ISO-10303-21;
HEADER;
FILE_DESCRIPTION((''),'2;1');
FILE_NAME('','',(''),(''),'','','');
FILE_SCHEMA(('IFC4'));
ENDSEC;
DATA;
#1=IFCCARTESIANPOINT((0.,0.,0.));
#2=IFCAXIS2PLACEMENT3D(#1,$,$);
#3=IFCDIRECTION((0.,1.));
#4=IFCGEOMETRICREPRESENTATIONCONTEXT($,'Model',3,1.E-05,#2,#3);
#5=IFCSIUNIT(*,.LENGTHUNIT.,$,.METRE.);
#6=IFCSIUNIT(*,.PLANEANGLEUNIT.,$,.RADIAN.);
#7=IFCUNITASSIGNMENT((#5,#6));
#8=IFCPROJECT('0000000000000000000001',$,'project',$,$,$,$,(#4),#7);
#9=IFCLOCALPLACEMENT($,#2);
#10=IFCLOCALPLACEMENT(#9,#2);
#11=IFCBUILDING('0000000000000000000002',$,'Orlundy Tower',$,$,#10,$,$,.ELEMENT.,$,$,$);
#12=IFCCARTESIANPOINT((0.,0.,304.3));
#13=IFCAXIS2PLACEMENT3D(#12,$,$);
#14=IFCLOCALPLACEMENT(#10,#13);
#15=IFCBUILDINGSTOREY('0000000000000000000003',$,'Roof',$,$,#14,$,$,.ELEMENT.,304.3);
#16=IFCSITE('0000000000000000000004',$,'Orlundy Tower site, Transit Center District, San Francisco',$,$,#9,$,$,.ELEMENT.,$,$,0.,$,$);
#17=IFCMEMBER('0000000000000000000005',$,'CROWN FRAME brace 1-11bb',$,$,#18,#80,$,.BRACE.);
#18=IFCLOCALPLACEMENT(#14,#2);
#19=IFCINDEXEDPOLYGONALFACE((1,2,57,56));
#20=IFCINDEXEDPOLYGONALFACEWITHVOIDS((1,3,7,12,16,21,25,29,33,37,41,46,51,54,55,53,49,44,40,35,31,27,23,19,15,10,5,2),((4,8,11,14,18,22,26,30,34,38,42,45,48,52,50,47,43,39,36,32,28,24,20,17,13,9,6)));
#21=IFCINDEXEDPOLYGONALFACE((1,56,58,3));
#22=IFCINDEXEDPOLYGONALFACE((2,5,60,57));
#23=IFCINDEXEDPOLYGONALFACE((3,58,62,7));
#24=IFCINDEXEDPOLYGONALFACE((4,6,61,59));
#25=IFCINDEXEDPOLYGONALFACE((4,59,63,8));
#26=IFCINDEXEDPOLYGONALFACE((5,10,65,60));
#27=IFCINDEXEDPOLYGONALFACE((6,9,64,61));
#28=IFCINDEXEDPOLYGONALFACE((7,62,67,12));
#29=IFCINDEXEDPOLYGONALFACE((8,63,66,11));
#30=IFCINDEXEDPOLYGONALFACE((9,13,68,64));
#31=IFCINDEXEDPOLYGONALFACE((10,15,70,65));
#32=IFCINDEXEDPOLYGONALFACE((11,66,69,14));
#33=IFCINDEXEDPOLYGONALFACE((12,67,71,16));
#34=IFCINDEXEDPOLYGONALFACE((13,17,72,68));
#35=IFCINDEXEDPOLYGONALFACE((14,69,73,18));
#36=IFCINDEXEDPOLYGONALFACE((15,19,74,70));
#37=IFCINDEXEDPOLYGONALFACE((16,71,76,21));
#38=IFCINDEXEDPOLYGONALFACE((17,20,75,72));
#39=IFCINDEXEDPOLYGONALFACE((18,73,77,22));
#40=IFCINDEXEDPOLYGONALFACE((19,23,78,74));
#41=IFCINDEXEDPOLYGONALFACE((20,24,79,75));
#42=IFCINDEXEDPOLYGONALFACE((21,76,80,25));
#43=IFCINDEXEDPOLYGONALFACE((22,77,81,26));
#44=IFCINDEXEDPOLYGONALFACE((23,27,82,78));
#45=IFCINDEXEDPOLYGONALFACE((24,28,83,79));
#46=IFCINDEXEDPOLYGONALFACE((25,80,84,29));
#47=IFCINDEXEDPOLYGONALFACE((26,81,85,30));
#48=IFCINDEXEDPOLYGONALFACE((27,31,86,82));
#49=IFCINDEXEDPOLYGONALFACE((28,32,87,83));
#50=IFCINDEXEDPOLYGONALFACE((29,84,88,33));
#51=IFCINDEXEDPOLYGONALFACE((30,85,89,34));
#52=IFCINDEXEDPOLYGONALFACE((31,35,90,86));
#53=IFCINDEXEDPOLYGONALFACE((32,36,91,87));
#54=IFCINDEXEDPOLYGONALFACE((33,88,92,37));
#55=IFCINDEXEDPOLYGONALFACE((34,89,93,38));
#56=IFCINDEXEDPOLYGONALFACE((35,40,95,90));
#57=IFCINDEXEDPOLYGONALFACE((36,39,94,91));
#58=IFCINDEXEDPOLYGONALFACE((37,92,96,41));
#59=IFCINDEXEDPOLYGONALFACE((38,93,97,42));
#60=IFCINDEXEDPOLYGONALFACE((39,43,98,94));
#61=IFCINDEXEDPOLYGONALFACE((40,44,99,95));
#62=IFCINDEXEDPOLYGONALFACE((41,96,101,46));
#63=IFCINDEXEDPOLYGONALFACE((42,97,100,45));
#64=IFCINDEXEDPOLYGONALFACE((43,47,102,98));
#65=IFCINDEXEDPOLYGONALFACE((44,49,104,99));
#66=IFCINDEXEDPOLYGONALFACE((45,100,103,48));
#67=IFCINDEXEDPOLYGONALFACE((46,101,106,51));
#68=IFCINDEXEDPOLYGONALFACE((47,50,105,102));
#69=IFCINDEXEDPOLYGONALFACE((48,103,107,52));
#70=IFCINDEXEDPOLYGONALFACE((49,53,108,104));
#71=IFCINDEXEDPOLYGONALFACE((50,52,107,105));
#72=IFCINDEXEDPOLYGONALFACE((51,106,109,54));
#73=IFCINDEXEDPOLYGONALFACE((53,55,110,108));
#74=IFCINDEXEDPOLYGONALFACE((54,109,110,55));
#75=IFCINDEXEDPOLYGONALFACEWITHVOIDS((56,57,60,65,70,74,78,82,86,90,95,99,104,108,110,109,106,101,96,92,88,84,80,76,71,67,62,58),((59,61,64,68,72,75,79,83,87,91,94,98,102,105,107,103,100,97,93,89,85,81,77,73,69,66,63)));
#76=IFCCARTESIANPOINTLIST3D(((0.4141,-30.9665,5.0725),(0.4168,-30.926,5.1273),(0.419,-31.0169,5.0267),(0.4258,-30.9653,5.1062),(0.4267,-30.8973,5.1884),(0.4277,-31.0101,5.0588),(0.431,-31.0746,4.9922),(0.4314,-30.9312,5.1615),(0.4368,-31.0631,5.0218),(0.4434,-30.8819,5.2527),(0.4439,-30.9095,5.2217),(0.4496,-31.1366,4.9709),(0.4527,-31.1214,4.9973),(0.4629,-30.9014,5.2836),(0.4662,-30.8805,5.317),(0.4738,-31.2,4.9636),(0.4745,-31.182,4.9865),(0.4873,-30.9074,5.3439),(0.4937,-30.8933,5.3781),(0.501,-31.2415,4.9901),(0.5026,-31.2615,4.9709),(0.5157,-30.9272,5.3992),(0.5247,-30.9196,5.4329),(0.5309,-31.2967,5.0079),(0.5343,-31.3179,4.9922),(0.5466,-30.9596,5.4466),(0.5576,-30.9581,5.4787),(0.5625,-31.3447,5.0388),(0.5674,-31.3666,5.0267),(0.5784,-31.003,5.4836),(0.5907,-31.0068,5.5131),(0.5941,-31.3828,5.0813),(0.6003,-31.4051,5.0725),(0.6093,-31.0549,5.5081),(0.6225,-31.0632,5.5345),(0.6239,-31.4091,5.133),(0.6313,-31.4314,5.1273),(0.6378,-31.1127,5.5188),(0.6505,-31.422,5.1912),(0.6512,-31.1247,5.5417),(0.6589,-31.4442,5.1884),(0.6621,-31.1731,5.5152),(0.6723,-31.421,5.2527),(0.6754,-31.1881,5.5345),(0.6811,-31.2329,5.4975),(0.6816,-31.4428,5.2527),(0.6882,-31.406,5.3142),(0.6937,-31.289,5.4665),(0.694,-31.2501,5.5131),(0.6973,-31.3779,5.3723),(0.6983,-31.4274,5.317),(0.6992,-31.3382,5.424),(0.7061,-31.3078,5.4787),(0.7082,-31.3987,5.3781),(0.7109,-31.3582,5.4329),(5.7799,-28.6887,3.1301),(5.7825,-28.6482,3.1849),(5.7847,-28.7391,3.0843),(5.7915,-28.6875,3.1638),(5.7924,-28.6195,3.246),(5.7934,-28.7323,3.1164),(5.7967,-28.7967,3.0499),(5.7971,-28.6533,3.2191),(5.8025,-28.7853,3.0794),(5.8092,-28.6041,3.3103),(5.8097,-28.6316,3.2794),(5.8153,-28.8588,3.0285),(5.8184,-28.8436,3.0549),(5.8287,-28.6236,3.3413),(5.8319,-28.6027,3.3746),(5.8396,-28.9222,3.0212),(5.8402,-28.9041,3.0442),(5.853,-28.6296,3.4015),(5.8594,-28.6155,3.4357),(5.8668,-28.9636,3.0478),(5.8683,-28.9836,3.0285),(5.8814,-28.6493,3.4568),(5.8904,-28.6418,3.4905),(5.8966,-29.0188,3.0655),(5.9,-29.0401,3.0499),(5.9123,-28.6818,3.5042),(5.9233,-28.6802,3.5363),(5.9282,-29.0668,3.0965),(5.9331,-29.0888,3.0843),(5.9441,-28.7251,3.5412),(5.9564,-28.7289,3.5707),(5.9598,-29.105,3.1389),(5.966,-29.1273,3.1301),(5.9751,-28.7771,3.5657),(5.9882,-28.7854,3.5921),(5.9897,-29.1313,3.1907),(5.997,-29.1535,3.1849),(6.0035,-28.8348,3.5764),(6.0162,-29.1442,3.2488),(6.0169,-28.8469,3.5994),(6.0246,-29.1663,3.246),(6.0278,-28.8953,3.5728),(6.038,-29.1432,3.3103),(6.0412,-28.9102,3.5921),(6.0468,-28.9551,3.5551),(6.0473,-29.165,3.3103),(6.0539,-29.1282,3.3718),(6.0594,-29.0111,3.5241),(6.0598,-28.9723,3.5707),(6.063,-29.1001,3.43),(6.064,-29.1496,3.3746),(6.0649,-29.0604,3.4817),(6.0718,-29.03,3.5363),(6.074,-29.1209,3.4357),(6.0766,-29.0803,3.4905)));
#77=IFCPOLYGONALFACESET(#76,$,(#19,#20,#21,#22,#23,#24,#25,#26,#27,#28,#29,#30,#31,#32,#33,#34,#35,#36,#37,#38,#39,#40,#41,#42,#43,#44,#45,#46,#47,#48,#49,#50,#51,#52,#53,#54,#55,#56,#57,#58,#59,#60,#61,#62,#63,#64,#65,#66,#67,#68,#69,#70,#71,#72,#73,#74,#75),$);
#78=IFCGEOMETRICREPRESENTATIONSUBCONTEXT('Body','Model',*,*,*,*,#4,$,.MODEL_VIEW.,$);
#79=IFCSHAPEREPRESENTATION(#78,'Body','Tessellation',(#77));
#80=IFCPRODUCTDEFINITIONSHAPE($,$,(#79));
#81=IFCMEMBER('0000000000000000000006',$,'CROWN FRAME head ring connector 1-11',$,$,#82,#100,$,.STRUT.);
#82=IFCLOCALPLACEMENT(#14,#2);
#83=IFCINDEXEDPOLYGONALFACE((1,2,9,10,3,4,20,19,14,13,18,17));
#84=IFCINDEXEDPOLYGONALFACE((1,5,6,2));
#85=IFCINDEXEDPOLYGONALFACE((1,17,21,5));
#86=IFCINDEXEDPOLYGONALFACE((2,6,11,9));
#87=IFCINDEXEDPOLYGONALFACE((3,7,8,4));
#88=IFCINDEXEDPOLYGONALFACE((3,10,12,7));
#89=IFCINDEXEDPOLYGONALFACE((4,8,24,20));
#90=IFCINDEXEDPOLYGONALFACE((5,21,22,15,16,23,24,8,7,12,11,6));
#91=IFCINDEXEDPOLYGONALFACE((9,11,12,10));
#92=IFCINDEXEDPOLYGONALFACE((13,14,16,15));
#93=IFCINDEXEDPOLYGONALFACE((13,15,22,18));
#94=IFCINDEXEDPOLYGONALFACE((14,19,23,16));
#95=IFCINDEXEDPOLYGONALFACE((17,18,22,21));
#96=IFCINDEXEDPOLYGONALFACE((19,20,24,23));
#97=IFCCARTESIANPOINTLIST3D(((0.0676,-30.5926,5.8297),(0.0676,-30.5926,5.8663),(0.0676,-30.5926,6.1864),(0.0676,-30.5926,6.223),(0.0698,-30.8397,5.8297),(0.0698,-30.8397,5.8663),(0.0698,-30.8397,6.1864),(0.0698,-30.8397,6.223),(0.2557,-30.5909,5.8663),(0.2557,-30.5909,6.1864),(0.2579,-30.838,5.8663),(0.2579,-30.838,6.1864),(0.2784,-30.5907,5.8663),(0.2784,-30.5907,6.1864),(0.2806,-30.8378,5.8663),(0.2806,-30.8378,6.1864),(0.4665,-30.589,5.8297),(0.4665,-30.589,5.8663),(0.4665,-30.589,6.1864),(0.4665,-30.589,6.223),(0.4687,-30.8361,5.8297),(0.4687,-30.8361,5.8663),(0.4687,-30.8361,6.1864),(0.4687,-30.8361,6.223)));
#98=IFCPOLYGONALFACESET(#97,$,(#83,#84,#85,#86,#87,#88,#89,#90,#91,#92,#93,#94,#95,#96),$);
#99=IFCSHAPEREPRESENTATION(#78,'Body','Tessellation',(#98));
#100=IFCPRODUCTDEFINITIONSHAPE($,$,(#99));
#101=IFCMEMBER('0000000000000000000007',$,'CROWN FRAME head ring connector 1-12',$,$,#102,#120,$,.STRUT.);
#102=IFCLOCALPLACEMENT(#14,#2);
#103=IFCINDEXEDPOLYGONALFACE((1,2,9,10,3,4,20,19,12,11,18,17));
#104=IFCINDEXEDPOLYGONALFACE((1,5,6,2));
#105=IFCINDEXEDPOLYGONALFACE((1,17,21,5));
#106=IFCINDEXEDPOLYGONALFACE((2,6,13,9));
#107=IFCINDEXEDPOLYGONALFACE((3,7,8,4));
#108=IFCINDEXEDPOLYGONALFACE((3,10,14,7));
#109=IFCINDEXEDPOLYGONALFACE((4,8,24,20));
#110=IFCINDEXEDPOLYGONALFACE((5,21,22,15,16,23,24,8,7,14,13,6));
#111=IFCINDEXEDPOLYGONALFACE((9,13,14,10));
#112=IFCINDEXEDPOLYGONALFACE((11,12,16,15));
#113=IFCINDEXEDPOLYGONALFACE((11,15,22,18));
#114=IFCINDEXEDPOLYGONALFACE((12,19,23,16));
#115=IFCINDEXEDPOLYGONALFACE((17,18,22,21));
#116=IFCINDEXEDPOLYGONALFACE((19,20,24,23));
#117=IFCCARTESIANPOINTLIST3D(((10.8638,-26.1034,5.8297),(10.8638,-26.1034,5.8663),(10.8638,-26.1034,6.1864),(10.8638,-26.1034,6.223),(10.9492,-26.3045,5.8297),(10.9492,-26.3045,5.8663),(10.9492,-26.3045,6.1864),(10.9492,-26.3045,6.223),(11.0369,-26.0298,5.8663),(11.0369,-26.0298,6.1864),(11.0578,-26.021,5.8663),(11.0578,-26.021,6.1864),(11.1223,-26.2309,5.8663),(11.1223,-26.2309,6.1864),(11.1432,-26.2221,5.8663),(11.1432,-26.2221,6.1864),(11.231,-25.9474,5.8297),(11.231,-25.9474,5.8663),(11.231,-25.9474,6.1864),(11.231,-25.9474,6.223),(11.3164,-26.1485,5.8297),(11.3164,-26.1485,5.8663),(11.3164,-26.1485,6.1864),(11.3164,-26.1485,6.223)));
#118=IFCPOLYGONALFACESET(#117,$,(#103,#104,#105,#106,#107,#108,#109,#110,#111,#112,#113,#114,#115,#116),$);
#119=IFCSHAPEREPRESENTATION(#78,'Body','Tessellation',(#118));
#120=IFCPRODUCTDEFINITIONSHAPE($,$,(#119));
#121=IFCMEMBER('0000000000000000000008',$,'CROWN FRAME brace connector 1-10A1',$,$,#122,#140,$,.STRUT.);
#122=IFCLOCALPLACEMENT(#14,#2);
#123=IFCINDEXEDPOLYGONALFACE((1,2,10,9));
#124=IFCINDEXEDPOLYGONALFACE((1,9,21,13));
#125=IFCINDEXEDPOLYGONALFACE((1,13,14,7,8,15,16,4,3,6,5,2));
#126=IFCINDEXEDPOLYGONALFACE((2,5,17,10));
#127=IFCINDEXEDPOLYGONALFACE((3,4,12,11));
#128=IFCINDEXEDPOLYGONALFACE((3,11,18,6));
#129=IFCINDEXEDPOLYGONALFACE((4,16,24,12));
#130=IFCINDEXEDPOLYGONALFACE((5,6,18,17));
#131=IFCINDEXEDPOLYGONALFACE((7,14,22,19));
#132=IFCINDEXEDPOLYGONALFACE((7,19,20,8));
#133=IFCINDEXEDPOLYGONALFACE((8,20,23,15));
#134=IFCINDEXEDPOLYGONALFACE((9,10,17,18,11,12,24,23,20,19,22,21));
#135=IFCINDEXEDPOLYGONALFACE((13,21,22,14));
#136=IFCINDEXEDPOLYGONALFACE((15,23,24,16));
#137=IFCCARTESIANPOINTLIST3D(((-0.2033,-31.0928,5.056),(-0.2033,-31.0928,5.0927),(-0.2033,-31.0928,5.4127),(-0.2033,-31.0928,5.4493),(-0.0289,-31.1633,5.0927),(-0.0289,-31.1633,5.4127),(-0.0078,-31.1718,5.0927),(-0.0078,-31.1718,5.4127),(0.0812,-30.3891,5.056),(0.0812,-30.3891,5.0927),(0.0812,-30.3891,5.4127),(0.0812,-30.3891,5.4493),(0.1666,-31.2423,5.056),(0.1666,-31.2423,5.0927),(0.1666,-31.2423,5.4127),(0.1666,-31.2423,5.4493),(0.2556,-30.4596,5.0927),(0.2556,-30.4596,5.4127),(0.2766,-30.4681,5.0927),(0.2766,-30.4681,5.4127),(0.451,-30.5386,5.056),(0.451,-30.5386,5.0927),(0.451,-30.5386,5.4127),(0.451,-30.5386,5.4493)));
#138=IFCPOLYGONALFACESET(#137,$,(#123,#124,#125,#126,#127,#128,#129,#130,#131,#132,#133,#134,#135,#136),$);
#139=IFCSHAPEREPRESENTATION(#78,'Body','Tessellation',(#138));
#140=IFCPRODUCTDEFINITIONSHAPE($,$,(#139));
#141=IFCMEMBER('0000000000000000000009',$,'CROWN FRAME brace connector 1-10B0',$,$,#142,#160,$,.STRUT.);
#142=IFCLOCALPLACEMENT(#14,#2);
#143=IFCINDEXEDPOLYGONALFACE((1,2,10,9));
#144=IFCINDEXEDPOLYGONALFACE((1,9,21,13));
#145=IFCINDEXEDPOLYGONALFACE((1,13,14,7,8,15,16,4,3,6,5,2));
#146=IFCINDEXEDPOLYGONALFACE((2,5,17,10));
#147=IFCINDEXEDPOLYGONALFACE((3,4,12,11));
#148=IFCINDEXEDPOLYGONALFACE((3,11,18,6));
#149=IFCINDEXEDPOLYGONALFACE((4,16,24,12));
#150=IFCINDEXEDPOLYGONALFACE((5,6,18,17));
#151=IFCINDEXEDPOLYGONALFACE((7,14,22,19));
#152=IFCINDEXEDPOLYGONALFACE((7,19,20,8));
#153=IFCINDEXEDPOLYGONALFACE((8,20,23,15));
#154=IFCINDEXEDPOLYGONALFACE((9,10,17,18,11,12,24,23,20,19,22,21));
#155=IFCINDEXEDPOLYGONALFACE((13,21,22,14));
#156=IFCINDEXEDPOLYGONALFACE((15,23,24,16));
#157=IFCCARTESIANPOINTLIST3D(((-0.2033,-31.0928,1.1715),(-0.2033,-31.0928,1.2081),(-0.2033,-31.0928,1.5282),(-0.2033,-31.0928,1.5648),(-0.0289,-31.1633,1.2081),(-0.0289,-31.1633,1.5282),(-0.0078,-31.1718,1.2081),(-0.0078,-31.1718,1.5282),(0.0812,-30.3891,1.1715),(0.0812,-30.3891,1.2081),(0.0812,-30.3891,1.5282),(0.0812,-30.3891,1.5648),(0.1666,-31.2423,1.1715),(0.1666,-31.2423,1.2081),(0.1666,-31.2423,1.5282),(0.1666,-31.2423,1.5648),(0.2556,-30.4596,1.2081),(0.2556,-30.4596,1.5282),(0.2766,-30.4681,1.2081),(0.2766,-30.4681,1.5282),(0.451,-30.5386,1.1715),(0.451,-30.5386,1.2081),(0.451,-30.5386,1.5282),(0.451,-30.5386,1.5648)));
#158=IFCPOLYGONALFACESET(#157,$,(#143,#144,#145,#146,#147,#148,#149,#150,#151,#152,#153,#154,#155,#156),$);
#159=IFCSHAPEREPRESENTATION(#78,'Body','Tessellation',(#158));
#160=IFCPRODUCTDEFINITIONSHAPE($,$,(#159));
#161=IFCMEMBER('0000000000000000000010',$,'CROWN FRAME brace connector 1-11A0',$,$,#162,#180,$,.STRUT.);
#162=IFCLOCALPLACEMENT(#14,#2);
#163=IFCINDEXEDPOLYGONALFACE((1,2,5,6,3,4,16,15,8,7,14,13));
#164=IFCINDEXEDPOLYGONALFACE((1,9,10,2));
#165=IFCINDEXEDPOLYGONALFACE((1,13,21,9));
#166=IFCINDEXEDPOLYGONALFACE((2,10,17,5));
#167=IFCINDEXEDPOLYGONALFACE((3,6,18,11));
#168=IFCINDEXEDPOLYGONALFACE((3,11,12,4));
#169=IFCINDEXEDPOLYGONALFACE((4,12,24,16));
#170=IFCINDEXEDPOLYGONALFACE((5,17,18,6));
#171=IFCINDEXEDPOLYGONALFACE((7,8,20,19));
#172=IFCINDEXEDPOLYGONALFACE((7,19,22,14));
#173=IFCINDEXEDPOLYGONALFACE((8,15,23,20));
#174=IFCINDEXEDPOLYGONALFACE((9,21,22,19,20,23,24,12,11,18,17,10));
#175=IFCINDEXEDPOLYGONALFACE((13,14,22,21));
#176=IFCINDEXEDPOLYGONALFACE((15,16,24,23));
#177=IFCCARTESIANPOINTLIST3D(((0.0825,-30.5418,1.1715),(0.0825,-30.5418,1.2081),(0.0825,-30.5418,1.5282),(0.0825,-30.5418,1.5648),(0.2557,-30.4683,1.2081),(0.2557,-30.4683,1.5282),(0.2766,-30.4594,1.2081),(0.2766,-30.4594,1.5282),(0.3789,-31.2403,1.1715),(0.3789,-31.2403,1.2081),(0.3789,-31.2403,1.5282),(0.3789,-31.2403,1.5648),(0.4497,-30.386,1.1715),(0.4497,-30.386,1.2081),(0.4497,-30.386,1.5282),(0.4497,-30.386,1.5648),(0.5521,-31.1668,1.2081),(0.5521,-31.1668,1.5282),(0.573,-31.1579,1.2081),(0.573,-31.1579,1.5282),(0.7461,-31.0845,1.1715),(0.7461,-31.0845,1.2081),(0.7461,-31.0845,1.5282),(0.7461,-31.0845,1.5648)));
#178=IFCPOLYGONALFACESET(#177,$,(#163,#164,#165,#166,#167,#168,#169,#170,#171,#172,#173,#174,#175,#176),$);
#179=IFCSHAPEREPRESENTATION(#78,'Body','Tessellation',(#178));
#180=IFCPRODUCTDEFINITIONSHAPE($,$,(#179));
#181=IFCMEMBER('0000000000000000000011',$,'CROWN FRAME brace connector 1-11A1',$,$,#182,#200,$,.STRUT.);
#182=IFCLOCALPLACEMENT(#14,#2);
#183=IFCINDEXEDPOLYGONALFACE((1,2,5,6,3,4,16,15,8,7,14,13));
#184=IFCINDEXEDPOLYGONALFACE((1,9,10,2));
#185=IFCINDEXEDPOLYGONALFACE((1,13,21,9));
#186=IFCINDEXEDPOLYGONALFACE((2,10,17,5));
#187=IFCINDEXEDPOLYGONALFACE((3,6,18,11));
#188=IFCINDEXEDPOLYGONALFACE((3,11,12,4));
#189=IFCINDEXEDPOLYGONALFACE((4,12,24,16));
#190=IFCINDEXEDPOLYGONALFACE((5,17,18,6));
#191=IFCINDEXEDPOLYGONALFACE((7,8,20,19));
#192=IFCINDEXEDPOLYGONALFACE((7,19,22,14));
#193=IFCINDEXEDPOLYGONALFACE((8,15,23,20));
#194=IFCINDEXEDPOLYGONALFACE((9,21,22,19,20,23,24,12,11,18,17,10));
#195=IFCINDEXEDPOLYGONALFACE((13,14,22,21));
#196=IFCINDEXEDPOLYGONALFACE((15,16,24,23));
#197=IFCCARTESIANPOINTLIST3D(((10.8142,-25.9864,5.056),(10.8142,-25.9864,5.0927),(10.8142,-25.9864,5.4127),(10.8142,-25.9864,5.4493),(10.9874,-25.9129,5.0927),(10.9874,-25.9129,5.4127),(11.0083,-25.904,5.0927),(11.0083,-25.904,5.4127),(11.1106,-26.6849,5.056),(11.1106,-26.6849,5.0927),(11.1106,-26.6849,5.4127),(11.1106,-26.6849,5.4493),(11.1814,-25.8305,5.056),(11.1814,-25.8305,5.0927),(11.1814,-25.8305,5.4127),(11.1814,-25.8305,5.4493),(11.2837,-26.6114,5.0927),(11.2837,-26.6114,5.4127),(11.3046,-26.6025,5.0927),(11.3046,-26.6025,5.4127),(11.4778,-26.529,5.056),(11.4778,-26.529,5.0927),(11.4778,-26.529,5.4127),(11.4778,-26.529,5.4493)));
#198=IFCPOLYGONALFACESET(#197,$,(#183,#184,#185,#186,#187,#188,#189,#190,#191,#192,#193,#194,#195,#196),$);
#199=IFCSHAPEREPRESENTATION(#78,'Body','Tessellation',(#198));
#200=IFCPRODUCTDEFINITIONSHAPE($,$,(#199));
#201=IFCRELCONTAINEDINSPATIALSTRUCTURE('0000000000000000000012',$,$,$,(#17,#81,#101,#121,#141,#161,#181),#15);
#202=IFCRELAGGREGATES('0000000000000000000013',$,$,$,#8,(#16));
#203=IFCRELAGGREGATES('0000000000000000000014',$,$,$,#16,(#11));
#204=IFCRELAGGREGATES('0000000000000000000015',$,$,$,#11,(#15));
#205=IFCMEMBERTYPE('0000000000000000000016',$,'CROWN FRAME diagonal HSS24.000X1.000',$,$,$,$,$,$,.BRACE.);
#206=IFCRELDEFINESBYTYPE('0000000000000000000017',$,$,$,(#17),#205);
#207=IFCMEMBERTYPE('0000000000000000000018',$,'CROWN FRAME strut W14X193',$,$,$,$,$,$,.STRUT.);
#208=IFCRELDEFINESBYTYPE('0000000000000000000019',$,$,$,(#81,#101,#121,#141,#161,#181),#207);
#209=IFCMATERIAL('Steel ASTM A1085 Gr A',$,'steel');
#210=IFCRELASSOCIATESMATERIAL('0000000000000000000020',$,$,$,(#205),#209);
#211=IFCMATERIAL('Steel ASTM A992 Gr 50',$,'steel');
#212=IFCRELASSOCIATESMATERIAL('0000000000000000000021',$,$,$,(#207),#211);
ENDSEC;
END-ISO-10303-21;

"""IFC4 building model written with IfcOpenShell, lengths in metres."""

from ifc_helpers import new_model, si_unit, direction, frame, origin, origin_2d, place, context, subcontext, project, spatial, hollow_circle, i_section, extrude, material, material_profile, profile_set, type_object, element, save


model = new_model("IFC4")

# Units and contexts
model_context = context("Model", 3, precision=1e-05, world=origin(), true_north=direction((0.0, 1.0)))
body_context = subcontext(model_context, "Body", "Model", "MODEL_VIEW")
ifc_project = project(units=[si_unit("LENGTHUNIT", "METRE"), si_unit("PLANEANGLEUNIT", "RADIAN")], contexts=[model_context])

# Site, building, storey
site_placement = place(None, origin())
site = spatial("IfcSite", under=ifc_project, at=site_placement, Name="Orlundy Tower site, Transit Center District, San Francisco", CompositionType="ELEMENT", RefElevation=0.0)
building_placement = place(site_placement, origin())
building = spatial("IfcBuilding", under=site, at=building_placement, Name="Orlundy Tower", CompositionType="ELEMENT")
storey_placement = place(building_placement, frame((0.0, 0.0, 304.3)))
storey = spatial("IfcBuildingStorey", under=building, at=storey_placement, Name="Roof", CompositionType="ELEMENT", Elevation=304.3)

# Members
ifc_material_1 = material(Name="Steel ASTM A1085 Gr A", Category="steel")
ifc_material_profile_1 = material_profile(ifc_material_1, hollow_circle(Radius=0.3047, WallThickness=0.0237, at=origin_2d()), Name="HSS24.000X1.000")
ifc_profile_set_1 = profile_set([ifc_material_profile_1], Name="Steel ASTM A1085 Gr A")
member_type_1 = type_object("IfcMemberType", Name="CROWN FRAME diagonal HSS24.000X1.000", PredefinedType="BRACE", material=ifc_profile_set_1)
for number, where, z_axis, x_axis, name in (
    (1, (5.9282, -28.8845, 3.3103), (-0.873285, -0.370723, 0.316128), (0.390763, -0.920491, 0.0), "CROWN FRAME brace 1-11bb"),
):
    element("IfcMember", number, at=place(storey_placement, frame(where, z_axis=z_axis, x_axis=x_axis)), inside=storey, type_object=member_type_1, Name=name, PredefinedType="BRACE", context=body_context, shape_type="SweptSolid", body=[
        extrude(hollow_circle(Radius=0.3047, WallThickness=0.0237, at=origin_2d()), origin(), (0.0, 0.0, 1.0), 6.1443),
    ])
ifc_material_2 = material(Name="Steel ASTM A992 Gr 50", Category="steel")
ifc_material_profile_2 = material_profile(ifc_material_2, i_section(OverallWidth=0.3989, OverallDepth=0.3933, WebThickness=0.0227, FlangeThickness=0.0366, at=origin_2d()), Name="W14X193")
ifc_profile_set_2 = profile_set([ifc_material_profile_2], Name="Steel ASTM A992 Gr 50")
member_type_2 = type_object("IfcMemberType", Name="CROWN FRAME strut W14X193", PredefinedType="STRUT", material=ifc_profile_set_2)
member_1_placement = place(storey_placement, frame((0.2671, -30.5908, 6.0264), z_axis=(0.008893, -0.99996, 0.0), x_axis=(0.99996, 0.008893, 0.0)))
element("IfcMember", 2, at=member_1_placement, inside=storey, type_object=member_type_2, Name="CROWN FRAME head ring connector 1-11", PredefinedType="STRUT", context=body_context, shape_type="SweptSolid", body=[
    extrude(i_section(OverallWidth=0.3989, OverallDepth=0.3933, WebThickness=0.0227, FlangeThickness=0.0366, at=origin_2d()), origin(), (0.0, 0.0, 1.0), 0.2471),
])
member_2_placement = place(storey_placement, frame((11.0474, -26.0254, 6.0264), z_axis=(0.390951, -0.920411, 0.0), x_axis=(0.920411, 0.390951, 0.0)))
element("IfcMember", 3, at=member_2_placement, inside=storey, type_object=member_type_2, Name="CROWN FRAME head ring connector 1-12", PredefinedType="STRUT", context=body_context, shape_type="SweptSolid", body=[
    extrude(i_section(OverallWidth=0.3989, OverallDepth=0.3933, WebThickness=0.0227, FlangeThickness=0.0366, at=origin_2d()), origin(), (0.0, 0.0, 1.0), 0.2185),
])
for number, where, z_axis, x_axis, name in (
    (4, (0.2661, -30.4639, 5.2527), (-0.374772, -0.927117, 0.0), (0.927117, -0.374772, 0.0), "CROWN FRAME brace connector 1-10A1"),
    (5, (0.2661, -30.4639, 1.3682), (-0.374772, -0.927117, 0.0), (0.927117, -0.374772, 0.0), "CROWN FRAME brace connector 1-10B0"),
):
    element("IfcMember", number, at=place(storey_placement, frame(where, z_axis=z_axis, x_axis=x_axis)), inside=storey, type_object=member_type_2, Name=name, PredefinedType="STRUT", context=body_context, shape_type="SweptSolid", body=[
        extrude(i_section(OverallWidth=0.3989, OverallDepth=0.3933, WebThickness=0.0227, FlangeThickness=0.0366, at=origin_2d()), origin(), (0.0, 0.0, 1.0), 0.759),
    ])
for number, where, z_axis, x_axis, name in (
    (6, (0.2661, -30.4639, 1.3682), (0.390616, -0.920554, 0.0), (0.920554, 0.390616, 0.0), "CROWN FRAME brace connector 1-11A0"),
    (7, (10.9978, -25.9084, 5.2527), (0.390616, -0.920554, 0.0), (0.920554, 0.390616, 0.0), "CROWN FRAME brace connector 1-11A1"),
):
    element("IfcMember", number, at=place(storey_placement, frame(where, z_axis=z_axis, x_axis=x_axis)), inside=storey, type_object=member_type_2, Name=name, PredefinedType="STRUT", context=body_context, shape_type="SweptSolid", body=[
        extrude(i_section(OverallWidth=0.3989, OverallDepth=0.3933, WebThickness=0.0227, FlangeThickness=0.0366, at=origin_2d()), origin(), (0.0, 0.0, 1.0), 0.7588),
    ])

save(model, "model.ifc")
